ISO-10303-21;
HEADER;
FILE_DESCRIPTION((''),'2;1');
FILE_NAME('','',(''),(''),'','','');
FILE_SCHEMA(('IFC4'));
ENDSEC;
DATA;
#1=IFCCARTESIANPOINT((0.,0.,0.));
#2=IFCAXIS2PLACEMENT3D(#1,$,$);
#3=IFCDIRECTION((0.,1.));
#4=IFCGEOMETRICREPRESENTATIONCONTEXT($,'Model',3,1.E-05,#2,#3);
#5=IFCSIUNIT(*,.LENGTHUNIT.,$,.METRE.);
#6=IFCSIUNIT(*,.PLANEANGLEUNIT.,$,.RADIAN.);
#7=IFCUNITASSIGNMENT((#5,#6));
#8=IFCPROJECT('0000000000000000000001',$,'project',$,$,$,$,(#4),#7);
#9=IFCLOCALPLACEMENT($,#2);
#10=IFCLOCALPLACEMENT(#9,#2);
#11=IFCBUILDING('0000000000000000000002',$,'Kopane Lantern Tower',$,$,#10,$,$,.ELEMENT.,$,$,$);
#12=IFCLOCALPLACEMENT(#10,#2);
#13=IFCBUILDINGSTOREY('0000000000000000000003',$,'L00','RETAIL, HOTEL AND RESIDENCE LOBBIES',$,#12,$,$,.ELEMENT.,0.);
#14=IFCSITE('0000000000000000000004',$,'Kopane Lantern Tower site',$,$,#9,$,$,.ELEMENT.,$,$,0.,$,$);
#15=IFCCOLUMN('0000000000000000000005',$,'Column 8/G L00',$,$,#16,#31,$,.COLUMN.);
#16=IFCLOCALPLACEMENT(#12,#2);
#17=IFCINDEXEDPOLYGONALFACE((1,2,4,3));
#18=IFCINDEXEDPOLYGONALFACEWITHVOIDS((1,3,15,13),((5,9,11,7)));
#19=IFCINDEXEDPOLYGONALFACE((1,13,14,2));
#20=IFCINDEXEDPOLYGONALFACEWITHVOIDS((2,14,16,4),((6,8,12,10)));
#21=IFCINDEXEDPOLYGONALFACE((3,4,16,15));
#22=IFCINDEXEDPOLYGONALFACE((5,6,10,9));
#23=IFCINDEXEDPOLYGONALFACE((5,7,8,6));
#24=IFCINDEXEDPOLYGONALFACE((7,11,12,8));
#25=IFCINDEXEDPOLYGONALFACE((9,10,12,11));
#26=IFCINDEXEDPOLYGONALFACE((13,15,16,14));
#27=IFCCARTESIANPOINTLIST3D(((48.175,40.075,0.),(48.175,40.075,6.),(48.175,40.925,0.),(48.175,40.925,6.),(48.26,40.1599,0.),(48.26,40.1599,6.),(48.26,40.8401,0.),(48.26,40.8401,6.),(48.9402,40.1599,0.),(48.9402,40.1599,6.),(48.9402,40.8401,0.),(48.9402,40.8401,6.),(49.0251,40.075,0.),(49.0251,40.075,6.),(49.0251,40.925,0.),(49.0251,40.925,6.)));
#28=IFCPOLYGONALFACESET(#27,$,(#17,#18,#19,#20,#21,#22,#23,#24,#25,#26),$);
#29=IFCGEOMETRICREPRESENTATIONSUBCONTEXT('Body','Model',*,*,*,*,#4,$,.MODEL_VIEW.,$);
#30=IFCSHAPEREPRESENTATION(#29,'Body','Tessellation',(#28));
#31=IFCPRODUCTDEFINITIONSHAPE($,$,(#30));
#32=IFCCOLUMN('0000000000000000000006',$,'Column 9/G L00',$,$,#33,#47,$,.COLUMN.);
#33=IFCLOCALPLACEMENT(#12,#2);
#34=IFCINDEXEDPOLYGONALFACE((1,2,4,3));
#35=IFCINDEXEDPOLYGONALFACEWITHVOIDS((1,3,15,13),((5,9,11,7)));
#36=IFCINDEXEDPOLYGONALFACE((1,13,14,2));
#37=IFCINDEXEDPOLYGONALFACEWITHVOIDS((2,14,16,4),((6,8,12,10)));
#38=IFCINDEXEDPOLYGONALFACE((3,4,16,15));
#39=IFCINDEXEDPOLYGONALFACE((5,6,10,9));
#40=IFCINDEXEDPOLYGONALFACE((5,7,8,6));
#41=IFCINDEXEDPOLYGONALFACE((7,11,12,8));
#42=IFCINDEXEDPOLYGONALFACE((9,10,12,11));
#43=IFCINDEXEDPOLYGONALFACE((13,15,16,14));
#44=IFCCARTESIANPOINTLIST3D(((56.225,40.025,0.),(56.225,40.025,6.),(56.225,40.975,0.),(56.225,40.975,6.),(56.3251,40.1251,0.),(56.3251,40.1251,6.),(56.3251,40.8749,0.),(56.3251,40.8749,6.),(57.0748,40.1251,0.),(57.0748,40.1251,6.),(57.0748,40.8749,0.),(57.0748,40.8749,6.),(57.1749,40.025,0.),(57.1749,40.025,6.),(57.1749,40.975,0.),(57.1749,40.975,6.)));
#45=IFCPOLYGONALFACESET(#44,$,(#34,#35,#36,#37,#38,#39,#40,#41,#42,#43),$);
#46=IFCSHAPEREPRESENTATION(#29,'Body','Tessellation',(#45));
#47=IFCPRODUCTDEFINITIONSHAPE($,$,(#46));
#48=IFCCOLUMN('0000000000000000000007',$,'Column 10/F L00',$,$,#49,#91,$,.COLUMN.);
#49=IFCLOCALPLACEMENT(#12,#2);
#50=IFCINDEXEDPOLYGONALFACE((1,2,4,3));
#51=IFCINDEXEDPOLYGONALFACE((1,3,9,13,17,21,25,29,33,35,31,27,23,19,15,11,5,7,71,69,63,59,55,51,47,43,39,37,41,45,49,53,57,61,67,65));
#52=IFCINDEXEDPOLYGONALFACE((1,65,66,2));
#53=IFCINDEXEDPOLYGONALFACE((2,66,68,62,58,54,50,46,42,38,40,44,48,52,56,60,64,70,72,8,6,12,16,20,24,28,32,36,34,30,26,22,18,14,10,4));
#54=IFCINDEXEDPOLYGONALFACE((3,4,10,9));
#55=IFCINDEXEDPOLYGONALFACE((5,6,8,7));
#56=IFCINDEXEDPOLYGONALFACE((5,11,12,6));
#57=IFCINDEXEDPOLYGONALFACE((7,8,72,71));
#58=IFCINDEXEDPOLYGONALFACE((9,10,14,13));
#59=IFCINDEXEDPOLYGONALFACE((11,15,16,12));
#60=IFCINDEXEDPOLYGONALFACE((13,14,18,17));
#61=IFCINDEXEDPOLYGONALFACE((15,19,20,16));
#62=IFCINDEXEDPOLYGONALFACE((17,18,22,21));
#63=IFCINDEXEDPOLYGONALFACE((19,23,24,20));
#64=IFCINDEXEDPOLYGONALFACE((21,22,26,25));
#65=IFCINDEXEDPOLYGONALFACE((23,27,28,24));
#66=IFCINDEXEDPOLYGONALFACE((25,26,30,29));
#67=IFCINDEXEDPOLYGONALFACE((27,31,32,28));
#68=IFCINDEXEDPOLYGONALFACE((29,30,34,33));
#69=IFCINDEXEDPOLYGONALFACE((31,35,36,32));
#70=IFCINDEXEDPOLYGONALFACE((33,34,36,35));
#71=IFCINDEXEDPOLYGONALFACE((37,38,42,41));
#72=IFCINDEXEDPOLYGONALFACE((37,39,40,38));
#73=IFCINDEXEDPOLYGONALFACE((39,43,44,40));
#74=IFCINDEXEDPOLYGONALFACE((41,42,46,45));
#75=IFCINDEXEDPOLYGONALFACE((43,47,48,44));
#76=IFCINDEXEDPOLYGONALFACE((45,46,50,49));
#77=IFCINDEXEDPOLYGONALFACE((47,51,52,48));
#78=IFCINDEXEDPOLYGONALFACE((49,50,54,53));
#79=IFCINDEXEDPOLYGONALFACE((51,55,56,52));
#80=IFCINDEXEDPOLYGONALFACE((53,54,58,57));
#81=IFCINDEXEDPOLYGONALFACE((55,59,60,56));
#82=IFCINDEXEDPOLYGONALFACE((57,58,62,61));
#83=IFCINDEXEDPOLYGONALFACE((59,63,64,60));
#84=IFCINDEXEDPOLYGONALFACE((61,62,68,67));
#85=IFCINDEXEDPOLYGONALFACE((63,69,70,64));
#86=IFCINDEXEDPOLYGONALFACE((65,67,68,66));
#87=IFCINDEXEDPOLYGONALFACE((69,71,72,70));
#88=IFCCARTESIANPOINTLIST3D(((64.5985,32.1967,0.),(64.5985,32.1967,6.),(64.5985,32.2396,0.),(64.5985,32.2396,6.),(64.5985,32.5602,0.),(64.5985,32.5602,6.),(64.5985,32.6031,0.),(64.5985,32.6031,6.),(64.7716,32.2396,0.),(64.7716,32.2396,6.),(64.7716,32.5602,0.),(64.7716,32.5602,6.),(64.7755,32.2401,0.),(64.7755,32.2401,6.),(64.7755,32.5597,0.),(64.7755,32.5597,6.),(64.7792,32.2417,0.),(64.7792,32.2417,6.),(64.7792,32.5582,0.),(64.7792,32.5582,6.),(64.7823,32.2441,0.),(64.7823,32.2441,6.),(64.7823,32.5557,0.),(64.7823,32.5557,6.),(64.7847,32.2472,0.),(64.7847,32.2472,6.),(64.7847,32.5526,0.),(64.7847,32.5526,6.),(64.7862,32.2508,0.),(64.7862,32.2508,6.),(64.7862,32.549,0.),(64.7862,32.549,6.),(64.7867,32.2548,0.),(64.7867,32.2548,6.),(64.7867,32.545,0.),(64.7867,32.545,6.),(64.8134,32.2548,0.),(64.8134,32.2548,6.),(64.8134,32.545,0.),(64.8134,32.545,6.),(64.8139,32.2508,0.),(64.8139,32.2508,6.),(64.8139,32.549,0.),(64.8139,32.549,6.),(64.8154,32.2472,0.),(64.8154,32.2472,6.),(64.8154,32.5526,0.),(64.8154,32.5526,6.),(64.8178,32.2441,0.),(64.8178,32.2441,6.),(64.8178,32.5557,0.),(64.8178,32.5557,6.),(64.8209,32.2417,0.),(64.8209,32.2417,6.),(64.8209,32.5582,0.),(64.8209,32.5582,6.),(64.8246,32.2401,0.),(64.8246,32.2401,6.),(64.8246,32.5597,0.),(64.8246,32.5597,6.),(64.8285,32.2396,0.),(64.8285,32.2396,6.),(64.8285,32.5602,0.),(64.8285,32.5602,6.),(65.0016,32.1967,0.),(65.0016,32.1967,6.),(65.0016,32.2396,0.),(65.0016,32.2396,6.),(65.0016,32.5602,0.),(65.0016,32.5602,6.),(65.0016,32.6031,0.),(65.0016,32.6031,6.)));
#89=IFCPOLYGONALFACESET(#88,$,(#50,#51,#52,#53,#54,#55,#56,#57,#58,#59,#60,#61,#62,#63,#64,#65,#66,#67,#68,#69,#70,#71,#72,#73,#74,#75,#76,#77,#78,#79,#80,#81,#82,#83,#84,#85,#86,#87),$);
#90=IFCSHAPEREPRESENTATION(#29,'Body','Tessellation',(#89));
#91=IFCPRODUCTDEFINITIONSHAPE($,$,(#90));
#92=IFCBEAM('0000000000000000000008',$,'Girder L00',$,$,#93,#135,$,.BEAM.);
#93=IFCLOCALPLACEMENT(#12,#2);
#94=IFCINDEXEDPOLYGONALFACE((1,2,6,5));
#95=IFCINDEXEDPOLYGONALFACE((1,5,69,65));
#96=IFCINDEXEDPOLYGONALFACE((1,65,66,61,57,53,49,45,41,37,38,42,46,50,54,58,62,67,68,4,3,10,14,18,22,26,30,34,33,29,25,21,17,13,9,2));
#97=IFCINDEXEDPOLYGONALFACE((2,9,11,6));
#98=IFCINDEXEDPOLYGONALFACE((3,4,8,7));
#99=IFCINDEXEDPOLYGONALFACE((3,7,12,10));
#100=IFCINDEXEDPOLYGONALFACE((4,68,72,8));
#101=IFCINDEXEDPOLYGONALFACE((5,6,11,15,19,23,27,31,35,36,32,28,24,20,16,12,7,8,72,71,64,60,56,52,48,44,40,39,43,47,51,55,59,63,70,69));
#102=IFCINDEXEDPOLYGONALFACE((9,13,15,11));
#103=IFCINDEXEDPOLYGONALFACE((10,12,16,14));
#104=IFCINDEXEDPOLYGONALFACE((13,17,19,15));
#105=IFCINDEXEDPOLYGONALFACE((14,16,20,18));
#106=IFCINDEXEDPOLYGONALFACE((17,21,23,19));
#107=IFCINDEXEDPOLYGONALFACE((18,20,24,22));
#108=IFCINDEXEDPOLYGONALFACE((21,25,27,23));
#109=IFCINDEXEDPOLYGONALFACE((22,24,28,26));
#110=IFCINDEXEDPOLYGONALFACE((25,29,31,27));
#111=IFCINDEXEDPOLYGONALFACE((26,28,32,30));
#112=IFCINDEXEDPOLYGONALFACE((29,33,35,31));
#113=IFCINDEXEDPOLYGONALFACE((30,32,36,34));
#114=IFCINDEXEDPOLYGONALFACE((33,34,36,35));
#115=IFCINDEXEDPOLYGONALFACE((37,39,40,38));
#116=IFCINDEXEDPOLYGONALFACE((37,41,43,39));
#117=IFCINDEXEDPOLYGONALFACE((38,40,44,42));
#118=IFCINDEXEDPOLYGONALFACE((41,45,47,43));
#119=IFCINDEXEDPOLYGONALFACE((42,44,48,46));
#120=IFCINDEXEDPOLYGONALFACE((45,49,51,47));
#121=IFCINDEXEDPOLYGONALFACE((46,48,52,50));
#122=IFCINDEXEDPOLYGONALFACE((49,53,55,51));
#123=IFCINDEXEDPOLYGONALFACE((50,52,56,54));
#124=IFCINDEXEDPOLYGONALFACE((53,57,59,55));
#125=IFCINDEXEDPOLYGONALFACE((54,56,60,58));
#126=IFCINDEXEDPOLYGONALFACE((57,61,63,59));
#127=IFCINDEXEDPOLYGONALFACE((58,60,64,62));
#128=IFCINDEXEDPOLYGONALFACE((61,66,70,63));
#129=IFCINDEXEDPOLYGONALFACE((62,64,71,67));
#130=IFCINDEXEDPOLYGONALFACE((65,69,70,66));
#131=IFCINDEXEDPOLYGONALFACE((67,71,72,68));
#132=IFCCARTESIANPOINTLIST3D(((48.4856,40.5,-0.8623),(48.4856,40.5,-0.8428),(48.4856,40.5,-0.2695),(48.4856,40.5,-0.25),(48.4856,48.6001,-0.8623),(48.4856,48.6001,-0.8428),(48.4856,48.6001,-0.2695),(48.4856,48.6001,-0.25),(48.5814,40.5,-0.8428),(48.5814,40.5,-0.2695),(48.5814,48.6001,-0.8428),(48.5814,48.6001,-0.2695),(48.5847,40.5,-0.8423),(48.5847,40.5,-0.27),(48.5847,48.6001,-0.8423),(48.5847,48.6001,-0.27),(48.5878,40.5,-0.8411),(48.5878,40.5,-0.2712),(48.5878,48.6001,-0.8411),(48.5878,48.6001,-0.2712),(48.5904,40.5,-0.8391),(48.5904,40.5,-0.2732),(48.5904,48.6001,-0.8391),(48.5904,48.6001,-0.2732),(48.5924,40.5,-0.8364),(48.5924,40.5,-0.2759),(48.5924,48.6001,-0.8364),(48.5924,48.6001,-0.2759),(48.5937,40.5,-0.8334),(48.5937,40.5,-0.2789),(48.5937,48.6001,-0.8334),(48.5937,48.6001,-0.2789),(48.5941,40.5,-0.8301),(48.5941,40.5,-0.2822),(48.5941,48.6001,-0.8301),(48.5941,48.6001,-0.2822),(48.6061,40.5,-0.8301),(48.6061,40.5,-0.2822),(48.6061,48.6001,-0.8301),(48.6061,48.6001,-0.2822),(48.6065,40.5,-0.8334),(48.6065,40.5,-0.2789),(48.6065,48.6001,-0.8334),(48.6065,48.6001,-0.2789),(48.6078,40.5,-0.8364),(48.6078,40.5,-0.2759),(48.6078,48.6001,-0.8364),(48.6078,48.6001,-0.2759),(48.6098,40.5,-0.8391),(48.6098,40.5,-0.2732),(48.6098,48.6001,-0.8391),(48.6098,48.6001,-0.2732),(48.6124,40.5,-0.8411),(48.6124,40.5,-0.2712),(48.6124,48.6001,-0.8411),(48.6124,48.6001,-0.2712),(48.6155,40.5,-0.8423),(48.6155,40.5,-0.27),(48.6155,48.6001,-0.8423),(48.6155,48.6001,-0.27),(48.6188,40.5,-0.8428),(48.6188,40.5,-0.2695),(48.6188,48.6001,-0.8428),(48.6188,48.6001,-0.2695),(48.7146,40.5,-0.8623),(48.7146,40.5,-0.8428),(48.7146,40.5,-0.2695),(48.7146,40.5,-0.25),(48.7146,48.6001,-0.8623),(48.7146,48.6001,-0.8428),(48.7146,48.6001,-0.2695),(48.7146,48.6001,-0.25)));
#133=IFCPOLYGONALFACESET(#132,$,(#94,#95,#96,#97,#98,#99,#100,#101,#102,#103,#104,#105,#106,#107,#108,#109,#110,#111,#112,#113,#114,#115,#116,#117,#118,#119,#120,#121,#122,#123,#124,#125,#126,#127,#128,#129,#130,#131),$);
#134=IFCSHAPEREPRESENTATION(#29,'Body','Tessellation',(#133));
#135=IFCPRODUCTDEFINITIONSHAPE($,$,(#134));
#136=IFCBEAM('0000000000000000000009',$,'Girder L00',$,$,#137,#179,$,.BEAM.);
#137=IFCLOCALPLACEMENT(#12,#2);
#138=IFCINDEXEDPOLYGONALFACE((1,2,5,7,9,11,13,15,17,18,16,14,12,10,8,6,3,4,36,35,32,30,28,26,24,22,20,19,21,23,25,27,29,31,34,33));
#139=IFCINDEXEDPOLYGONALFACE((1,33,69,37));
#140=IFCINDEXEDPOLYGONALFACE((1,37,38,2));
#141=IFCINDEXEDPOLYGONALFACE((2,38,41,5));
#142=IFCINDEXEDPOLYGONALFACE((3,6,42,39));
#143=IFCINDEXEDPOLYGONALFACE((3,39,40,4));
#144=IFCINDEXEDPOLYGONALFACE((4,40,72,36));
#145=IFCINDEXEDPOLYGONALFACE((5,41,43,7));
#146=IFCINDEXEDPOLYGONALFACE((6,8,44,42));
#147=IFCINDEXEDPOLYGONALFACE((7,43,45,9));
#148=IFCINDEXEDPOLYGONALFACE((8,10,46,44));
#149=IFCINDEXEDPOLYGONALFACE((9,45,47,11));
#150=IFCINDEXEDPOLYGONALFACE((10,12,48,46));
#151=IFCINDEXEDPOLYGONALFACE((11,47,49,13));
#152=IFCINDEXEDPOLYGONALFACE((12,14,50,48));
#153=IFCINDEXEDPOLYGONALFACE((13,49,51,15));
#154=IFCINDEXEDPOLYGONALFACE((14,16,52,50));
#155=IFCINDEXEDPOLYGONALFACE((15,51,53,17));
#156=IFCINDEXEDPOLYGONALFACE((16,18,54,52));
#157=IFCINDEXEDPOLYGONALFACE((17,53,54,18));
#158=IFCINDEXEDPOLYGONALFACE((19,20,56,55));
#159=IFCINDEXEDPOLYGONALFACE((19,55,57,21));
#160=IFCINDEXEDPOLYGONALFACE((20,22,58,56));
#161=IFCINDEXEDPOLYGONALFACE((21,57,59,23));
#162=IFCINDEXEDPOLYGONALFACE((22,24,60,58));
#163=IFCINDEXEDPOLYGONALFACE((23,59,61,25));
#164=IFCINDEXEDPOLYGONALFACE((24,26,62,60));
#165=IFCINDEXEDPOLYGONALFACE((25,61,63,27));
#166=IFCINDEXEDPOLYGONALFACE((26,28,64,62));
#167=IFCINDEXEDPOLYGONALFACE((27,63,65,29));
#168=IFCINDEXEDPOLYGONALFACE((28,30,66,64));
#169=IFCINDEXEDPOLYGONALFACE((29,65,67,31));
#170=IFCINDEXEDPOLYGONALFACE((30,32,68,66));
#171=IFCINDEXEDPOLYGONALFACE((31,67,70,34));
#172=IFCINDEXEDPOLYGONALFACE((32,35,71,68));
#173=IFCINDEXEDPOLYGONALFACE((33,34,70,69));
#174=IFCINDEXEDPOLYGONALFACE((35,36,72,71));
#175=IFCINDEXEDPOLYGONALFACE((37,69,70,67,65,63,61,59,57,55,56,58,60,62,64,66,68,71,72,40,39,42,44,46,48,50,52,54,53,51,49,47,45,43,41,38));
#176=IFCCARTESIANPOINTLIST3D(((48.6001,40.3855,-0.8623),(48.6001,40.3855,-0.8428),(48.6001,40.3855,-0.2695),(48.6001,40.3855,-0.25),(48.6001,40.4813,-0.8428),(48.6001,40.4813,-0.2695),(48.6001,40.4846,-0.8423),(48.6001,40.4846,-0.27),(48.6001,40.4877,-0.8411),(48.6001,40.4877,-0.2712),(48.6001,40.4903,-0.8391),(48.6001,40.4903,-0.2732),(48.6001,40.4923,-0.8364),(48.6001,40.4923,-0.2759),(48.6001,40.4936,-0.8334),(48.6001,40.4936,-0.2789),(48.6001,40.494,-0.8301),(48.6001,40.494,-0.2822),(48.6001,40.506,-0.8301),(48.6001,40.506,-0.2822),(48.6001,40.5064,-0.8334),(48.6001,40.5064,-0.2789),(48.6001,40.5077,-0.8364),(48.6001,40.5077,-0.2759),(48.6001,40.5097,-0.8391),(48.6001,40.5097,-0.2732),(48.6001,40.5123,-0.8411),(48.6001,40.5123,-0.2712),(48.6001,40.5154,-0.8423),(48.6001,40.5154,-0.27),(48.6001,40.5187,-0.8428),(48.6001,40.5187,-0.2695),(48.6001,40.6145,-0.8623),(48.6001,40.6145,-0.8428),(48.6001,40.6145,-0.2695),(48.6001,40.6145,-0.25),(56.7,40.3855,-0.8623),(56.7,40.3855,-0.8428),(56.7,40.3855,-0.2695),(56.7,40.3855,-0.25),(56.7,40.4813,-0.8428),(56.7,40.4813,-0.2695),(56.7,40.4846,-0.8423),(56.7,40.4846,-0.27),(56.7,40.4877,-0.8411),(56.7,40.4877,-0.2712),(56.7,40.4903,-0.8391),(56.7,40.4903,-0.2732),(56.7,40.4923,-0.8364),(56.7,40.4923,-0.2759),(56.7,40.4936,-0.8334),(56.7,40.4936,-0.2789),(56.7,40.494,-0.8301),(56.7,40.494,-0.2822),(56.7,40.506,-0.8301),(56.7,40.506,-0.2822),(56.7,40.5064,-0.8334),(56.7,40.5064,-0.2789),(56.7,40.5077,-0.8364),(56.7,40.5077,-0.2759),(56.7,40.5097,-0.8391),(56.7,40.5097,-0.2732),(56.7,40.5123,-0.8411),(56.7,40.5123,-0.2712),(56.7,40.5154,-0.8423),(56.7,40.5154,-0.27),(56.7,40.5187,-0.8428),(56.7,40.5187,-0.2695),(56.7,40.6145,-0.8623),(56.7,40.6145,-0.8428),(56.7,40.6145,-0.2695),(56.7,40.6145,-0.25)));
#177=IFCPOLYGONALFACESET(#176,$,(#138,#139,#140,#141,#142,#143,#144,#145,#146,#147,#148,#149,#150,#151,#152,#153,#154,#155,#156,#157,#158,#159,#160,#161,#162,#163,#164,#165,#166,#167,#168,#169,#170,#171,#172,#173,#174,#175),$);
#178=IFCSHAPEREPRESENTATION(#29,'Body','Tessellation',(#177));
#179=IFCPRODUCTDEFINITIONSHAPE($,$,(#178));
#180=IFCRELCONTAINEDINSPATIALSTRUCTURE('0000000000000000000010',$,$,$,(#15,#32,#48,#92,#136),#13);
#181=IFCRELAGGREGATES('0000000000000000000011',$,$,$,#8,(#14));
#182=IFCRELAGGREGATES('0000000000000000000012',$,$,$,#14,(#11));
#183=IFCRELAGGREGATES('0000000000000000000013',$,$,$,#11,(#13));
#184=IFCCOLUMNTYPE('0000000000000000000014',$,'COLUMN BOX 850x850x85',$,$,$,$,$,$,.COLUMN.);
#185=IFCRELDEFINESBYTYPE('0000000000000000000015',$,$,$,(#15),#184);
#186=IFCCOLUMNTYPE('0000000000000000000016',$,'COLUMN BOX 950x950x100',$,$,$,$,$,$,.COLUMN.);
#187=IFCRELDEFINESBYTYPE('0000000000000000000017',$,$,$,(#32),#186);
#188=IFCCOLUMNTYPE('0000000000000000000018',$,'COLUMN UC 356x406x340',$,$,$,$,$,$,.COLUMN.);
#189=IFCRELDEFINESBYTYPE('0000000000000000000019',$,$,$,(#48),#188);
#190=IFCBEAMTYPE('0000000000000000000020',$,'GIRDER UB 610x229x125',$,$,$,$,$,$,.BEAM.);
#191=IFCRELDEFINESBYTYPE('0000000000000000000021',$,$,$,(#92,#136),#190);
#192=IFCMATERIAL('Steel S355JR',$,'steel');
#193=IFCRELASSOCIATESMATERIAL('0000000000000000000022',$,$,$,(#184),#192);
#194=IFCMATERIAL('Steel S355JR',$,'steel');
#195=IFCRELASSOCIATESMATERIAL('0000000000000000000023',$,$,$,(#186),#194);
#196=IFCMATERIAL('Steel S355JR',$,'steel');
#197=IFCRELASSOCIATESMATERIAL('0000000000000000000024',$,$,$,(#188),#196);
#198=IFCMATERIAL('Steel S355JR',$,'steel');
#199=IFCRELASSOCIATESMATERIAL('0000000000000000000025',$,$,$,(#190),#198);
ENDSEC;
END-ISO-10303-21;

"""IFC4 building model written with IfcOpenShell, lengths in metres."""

from ifc_helpers import new_model, si_unit, direction, frame, origin, origin_2d, place, context, subcontext, project, spatial, hollow_rectangle, i_section, extrude, material, material_profile, profile_set, type_object, element, save


model = new_model("IFC4")

# Units and contexts
model_context = context("Model", 3, precision=1e-05, world=origin(), true_north=direction((0.0, 1.0)))
body_context = subcontext(model_context, "Body", "Model", "MODEL_VIEW")
ifc_project = project(units=[si_unit("LENGTHUNIT", "METRE"), si_unit("PLANEANGLEUNIT", "RADIAN")], contexts=[model_context])

# Site, building, storey
site_placement = place(None, origin())
site = spatial("IfcSite", under=ifc_project, at=site_placement, Name="Kopane Lantern Tower site", CompositionType="ELEMENT", RefElevation=0.0)
building_placement = place(site_placement, origin())
building = spatial("IfcBuilding", under=site, at=building_placement, Name="Kopane Lantern Tower", CompositionType="ELEMENT")
storey_placement = place(building_placement, origin())
storey = spatial("IfcBuildingStorey", under=building, at=storey_placement, Name="L00", Description="RETAIL, HOTEL AND RESIDENCE LOBBIES", CompositionType="ELEMENT", Elevation=0.0)

# Columns
ifc_material_1 = material(Name="Steel S355JR", Category="steel")
ifc_material_profile_1 = material_profile(ifc_material_1, hollow_rectangle(XDim=0.8501, YDim=0.8501, WallThickness=0.085, at=origin_2d()), Name="BOX 850x850x85")
ifc_profile_set_1 = profile_set([ifc_material_profile_1], Name="Steel S355JR")
column_type_1 = type_object("IfcColumnType", Name="COLUMN BOX 850x850x85", PredefinedType="COLUMN", material=ifc_profile_set_1)
column_1_placement = place(storey_placement, frame((48.6001, 40.5, 0.0), z_axis=(0.0, 0.0, 1.0), x_axis=(1.0, 0.0, 0.0)))
element("IfcColumn", 1, at=column_1_placement, inside=storey, type_object=column_type_1, Name="Column 8/G L00", PredefinedType="COLUMN", context=body_context, shape_type="SweptSolid", body=[
    extrude(hollow_rectangle(XDim=0.8501, YDim=0.8501, WallThickness=0.085, at=origin_2d()), origin(), (0.0, 0.0, 1.0), 6.0),
])
ifc_material_2 = material(Name="Steel S355JR", Category="steel")
ifc_material_profile_2 = material_profile(ifc_material_2, hollow_rectangle(XDim=0.95, YDim=0.95, WallThickness=0.1001, at=origin_2d()), Name="BOX 950x950x100")
ifc_profile_set_2 = profile_set([ifc_material_profile_2], Name="Steel S355JR")
column_type_2 = type_object("IfcColumnType", Name="COLUMN BOX 950x950x100", PredefinedType="COLUMN", material=ifc_profile_set_2)
column_2_placement = place(storey_placement, frame((56.7, 40.5, 0.0), z_axis=(0.0, 0.0, 1.0), x_axis=(1.0, 0.0, 0.0)))
element("IfcColumn", 2, at=column_2_placement, inside=storey, type_object=column_type_2, Name="Column 9/G L00", PredefinedType="COLUMN", context=body_context, shape_type="SweptSolid", body=[
    extrude(hollow_rectangle(XDim=0.95, YDim=0.95, WallThickness=0.1001, at=origin_2d()), origin(), (0.0, 0.0, 1.0), 6.0),
])
ifc_material_3 = material(Name="Steel S355JR", Category="steel")
ifc_material_profile_3 = material_profile(ifc_material_3, i_section(OverallWidth=0.4031, OverallDepth=0.4065, WebThickness=0.0266, FlangeThickness=0.043, FilletRadius=0.0151, at=origin_2d()), Name="UC 356x406x340")
ifc_profile_set_3 = profile_set([ifc_material_profile_3], Name="Steel S355JR")
column_type_3 = type_object("IfcColumnType", Name="COLUMN UC 356x406x340", PredefinedType="COLUMN", material=ifc_profile_set_3)
column_3_placement = place(storey_placement, frame((64.8, 32.3999, 0.0), z_axis=(0.0, 0.0, 1.0), x_axis=(1.0, 0.0, 0.0)))
element("IfcColumn", 3, at=column_3_placement, inside=storey, type_object=column_type_3, Name="Column 10/F L00", PredefinedType="COLUMN", context=body_context, shape_type="SweptSolid", body=[
    extrude(i_section(OverallWidth=0.4031, OverallDepth=0.4065, WebThickness=0.0266, FlangeThickness=0.043, FilletRadius=0.0151, at=origin_2d()), origin(), (0.0, 0.0, 1.0), 6.0),
])

# Beams
ifc_material_4 = material(Name="Steel S355JR", Category="steel")
ifc_material_profile_4 = material_profile(ifc_material_4, i_section(OverallWidth=0.229, OverallDepth=0.6123, WebThickness=0.012, FlangeThickness=0.0195, FilletRadius=0.0127, at=origin_2d()), Name="UB 610x229x125")
ifc_profile_set_4 = profile_set([ifc_material_profile_4], Name="Steel S355JR")
beam_type = type_object("IfcBeamType", Name="GIRDER UB 610x229x125", PredefinedType="BEAM", material=ifc_profile_set_4)
beam_1_placement = place(storey_placement, frame((48.6001, 40.5, -0.5562), z_axis=(0.0, 1.0, 0.0), x_axis=(-1.0, 0.0, 0.0)))
element("IfcBeam", 4, at=beam_1_placement, inside=storey, type_object=beam_type, Name="Girder L00", PredefinedType="BEAM", context=body_context, shape_type="SweptSolid", body=[
    extrude(i_section(OverallWidth=0.229, OverallDepth=0.6123, WebThickness=0.012, FlangeThickness=0.0195, FilletRadius=0.0127, at=origin_2d()), origin(), (0.0, 0.0, 1.0), 8.1001),
])
beam_2_placement = place(storey_placement, frame((48.6001, 40.5, -0.5562), z_axis=(1.0, 0.0, 0.0), x_axis=(0.0, 1.0, 0.0)))
element("IfcBeam", 5, at=beam_2_placement, inside=storey, type_object=beam_type, Name="Girder L00", PredefinedType="BEAM", context=body_context, shape_type="SweptSolid", body=[
    extrude(i_section(OverallWidth=0.229, OverallDepth=0.6123, WebThickness=0.012, FlangeThickness=0.0195, FilletRadius=0.0127, at=origin_2d()), origin(), (0.0, 0.0, 1.0), 8.0999),
])

save(model, "model.ifc")
